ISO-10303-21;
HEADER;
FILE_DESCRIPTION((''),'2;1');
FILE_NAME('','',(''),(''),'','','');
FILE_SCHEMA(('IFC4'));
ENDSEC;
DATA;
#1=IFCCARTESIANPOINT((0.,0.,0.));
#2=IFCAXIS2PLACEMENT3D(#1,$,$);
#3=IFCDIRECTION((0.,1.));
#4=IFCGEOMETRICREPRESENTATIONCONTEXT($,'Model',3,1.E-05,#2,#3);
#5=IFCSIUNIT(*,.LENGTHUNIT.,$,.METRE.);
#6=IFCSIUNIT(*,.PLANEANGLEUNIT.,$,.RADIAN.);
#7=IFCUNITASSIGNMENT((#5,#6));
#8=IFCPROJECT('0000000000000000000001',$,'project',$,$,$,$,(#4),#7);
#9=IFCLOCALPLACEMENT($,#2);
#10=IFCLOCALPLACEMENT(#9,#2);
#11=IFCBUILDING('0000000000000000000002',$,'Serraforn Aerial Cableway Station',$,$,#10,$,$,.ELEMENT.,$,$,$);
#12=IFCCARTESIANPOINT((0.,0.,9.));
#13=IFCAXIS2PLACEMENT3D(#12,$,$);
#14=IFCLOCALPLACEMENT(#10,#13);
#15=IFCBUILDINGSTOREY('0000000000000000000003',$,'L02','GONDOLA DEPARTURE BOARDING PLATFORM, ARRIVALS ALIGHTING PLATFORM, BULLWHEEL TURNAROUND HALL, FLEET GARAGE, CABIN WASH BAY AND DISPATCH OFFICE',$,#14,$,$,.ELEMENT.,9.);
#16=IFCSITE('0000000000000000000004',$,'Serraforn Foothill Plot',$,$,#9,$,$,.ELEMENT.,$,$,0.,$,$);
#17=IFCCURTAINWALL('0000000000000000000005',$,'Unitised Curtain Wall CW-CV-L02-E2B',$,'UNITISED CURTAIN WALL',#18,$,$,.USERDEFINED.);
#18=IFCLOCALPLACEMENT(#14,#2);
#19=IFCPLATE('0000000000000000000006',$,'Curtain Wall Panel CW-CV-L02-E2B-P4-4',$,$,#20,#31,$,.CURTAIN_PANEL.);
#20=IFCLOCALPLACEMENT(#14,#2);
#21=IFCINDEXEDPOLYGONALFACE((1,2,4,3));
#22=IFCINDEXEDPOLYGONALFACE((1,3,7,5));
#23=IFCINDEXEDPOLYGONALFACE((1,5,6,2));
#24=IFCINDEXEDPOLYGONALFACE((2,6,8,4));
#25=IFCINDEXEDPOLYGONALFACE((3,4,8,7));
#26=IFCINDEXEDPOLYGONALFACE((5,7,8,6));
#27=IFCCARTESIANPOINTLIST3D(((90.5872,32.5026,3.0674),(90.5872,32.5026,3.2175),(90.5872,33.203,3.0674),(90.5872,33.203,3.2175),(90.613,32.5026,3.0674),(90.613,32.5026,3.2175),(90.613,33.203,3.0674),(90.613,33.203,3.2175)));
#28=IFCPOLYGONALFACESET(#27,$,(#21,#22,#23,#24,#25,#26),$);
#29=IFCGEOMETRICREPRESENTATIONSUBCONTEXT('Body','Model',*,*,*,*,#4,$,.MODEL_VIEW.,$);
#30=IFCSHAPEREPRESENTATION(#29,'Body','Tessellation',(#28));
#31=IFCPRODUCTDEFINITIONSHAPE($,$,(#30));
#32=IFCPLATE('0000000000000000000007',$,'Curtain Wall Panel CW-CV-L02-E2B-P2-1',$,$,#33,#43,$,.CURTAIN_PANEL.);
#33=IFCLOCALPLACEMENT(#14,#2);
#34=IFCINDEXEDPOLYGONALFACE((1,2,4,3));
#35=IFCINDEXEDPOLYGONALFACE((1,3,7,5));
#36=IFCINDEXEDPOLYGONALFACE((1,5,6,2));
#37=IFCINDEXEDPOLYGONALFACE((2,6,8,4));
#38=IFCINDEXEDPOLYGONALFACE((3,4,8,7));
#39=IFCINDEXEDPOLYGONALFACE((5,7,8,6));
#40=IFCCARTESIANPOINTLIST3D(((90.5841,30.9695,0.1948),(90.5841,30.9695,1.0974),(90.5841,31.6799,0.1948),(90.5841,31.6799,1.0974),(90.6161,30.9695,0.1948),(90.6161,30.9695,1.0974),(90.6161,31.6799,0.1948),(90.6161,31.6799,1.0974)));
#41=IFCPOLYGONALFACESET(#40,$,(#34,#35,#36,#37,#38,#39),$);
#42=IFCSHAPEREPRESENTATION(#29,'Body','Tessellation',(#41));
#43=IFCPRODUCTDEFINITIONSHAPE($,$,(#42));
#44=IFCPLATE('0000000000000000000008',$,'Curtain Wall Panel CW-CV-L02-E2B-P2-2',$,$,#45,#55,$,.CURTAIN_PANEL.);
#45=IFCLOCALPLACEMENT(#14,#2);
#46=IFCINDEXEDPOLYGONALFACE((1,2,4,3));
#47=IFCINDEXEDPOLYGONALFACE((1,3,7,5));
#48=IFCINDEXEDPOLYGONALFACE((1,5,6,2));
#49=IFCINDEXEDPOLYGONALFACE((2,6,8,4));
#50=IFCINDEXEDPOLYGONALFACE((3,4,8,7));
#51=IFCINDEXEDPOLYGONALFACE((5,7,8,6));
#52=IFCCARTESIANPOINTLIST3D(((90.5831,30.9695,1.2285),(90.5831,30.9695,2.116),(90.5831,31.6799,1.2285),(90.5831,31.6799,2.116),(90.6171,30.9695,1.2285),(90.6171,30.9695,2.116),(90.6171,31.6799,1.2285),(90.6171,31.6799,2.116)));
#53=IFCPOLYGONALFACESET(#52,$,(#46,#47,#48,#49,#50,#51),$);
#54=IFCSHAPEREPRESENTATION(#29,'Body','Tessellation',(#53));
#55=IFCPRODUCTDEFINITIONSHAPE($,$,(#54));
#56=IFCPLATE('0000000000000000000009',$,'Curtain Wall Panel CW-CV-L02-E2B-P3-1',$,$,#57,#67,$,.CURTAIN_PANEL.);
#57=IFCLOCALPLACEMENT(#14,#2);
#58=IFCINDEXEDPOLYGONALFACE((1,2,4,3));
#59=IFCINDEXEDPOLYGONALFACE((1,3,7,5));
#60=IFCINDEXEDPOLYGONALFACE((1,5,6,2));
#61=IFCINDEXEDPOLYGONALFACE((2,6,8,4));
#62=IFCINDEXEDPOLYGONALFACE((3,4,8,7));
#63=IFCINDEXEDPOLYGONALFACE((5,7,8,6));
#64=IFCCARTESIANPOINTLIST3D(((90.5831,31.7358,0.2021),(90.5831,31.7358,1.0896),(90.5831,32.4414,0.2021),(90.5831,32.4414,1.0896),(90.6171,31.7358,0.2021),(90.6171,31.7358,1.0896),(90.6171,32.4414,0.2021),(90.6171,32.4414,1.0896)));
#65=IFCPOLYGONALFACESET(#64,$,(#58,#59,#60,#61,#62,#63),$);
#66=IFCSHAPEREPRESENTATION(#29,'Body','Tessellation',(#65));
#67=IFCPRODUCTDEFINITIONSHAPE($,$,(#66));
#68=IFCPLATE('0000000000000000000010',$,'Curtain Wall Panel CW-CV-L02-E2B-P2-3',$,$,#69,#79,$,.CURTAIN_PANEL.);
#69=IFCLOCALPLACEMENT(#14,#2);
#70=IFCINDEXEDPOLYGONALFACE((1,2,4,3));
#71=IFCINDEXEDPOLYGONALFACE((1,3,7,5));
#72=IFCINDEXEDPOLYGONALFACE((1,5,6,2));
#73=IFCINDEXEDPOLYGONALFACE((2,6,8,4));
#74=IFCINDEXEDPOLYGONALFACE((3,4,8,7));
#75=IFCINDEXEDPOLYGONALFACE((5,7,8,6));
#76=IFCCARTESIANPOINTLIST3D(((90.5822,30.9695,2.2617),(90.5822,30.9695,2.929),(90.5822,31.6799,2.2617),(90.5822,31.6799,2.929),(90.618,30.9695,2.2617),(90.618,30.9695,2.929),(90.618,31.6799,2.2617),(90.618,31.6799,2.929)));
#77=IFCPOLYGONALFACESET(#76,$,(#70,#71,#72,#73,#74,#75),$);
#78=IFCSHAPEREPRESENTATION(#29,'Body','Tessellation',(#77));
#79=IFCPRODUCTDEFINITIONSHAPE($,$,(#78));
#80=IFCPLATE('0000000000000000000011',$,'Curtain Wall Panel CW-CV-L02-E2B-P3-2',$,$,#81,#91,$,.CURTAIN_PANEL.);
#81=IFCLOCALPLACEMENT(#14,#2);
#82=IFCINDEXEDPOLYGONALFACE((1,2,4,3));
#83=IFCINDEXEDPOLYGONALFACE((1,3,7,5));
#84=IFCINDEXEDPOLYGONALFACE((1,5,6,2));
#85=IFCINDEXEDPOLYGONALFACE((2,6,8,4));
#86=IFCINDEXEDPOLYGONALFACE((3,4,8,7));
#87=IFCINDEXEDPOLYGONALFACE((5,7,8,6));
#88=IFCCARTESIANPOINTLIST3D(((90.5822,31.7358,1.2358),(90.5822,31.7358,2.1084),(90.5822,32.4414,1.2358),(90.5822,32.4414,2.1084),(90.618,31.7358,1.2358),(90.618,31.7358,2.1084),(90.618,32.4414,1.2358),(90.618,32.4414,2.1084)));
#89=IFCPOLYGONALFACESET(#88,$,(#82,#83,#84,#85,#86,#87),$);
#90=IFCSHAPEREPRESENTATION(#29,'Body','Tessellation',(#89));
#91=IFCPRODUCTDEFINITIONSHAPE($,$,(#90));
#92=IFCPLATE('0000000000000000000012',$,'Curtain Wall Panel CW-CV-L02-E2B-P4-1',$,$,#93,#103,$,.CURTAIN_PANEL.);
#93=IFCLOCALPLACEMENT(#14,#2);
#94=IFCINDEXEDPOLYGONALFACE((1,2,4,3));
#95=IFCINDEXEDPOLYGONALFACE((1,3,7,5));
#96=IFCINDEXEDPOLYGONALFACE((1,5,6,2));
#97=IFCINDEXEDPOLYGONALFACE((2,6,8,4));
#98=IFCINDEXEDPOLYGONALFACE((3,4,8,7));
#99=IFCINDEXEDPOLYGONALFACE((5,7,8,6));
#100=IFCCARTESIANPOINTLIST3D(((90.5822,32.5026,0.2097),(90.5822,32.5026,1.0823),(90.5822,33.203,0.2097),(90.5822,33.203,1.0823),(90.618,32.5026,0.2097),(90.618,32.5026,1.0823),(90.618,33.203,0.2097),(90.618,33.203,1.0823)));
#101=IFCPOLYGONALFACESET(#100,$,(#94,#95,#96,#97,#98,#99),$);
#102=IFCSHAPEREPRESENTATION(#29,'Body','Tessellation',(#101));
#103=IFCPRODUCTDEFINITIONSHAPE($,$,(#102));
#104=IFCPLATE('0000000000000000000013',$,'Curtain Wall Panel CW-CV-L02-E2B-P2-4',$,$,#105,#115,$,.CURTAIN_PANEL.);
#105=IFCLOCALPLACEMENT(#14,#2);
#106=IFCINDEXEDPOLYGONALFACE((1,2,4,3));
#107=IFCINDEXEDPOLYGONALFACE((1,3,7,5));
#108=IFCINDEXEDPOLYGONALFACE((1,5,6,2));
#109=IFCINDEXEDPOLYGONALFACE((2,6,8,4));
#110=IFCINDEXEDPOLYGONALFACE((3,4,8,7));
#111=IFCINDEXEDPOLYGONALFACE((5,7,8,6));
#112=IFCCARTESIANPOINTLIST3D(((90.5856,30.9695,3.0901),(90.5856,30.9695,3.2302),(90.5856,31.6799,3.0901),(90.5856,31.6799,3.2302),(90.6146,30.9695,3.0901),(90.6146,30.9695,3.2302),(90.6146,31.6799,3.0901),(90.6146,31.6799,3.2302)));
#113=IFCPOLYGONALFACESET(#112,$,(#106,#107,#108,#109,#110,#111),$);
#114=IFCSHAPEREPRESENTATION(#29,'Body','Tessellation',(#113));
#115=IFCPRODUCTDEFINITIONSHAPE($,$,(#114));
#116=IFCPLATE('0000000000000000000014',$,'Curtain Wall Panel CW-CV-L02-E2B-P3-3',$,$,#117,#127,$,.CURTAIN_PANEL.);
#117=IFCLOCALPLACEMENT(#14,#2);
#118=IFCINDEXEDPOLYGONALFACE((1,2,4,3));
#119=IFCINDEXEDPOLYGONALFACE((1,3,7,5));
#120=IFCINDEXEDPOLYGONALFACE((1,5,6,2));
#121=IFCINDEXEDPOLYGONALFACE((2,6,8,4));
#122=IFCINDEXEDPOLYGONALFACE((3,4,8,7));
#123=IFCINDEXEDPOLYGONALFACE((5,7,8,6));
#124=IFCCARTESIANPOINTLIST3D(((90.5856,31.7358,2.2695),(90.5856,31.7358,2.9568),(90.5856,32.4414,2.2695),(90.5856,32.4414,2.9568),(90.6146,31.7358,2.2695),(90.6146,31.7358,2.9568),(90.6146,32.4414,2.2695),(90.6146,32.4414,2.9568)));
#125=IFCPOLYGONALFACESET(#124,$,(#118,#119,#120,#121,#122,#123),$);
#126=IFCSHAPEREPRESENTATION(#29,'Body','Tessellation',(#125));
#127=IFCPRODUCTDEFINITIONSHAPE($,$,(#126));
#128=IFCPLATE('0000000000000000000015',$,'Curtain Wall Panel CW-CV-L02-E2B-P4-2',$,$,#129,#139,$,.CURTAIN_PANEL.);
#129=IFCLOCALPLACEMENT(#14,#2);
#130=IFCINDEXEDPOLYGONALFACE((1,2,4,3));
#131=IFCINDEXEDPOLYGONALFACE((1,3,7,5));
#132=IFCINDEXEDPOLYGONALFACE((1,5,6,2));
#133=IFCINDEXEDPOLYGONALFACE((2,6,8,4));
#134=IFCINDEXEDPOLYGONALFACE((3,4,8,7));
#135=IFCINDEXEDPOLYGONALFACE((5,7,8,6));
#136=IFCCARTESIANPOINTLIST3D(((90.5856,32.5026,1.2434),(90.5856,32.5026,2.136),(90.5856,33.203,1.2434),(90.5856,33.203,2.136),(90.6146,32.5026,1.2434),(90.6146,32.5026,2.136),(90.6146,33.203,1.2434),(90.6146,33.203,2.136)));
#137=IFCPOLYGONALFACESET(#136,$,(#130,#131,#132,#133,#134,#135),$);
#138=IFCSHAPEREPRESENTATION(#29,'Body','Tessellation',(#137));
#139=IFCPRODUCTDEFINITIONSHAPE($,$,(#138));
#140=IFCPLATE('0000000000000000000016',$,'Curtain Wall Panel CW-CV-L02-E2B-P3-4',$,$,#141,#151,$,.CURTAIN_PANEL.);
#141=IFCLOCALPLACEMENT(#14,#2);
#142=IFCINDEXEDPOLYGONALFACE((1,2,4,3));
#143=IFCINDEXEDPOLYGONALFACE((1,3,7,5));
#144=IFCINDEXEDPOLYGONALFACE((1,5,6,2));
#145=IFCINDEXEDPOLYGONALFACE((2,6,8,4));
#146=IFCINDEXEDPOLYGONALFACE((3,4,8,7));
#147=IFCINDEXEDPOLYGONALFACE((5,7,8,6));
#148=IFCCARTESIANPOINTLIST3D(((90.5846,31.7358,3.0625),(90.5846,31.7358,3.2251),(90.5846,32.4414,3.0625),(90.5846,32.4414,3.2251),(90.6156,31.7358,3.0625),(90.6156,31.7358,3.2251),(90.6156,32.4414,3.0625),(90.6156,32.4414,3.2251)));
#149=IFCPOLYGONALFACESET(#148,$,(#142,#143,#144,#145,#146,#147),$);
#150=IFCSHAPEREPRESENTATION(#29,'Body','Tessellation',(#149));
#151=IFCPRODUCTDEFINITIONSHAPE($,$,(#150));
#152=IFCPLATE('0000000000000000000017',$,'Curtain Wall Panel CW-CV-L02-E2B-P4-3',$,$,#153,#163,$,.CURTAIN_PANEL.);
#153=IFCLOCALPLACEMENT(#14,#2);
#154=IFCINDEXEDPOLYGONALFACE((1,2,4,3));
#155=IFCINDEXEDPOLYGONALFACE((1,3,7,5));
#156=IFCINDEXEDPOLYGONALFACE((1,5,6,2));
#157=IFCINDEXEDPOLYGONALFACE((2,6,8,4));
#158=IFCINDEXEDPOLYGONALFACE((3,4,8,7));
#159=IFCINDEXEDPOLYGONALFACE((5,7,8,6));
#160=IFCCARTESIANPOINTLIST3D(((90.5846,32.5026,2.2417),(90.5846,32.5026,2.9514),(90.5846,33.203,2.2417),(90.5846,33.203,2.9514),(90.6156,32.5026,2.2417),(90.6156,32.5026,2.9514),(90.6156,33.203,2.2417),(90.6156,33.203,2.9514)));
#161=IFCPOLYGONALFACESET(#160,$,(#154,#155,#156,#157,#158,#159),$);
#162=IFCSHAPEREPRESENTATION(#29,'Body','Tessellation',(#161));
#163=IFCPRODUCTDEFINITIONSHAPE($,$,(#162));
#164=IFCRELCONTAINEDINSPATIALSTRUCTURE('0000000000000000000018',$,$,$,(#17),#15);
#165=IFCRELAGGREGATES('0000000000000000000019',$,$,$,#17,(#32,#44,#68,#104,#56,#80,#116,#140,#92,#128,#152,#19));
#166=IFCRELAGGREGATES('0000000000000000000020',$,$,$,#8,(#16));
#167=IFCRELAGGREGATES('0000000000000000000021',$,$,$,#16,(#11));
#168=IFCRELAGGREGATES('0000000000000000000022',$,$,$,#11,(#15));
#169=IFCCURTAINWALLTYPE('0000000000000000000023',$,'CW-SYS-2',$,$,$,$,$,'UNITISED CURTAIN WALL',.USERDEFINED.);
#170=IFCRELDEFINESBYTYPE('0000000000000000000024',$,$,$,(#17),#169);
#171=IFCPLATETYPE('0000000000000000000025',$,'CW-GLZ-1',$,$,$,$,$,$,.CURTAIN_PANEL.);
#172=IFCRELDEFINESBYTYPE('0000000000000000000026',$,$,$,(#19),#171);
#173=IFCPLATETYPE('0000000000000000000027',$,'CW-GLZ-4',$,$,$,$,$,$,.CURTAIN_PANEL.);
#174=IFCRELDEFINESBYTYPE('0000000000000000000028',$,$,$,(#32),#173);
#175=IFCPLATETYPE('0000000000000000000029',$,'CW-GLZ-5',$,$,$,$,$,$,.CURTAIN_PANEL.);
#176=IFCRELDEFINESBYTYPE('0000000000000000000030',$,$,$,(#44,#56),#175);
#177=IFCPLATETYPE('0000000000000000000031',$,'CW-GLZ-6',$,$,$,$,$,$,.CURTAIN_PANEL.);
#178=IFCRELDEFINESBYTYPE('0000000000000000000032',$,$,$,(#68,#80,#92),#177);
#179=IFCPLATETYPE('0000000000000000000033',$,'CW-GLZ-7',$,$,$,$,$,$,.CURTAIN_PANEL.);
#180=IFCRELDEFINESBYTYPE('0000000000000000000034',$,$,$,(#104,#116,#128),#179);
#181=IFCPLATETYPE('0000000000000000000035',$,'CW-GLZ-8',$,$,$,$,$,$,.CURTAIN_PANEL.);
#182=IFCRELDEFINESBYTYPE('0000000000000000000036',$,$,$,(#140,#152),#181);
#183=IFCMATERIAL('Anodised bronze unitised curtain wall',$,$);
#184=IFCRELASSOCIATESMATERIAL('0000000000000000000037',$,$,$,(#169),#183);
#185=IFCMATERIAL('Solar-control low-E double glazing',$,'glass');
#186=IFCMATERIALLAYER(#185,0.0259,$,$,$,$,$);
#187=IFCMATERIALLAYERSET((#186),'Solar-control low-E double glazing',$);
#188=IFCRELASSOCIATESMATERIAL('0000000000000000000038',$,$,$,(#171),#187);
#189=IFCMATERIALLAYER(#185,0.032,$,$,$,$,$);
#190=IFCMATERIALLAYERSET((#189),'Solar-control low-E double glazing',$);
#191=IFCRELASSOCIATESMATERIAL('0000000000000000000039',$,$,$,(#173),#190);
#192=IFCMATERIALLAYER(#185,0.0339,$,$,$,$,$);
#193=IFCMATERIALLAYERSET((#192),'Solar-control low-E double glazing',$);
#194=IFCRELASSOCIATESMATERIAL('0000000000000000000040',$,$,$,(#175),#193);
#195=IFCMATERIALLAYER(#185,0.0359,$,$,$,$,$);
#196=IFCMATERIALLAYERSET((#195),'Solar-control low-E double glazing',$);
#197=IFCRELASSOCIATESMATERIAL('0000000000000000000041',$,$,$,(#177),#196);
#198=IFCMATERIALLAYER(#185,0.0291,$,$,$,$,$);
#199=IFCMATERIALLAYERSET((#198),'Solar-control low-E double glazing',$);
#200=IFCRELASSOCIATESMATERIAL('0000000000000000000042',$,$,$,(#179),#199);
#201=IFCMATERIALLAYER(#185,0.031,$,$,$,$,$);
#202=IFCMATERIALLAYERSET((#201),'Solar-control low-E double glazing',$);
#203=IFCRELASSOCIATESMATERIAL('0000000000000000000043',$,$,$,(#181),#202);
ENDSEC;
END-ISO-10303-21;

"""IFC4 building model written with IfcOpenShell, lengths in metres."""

from ifc_helpers import new_model, si_unit, direction, frame, origin, origin_2d, place, context, subcontext, project, spatial, rectangle, extrude, material, layer, layer_set, type_object, element, aggregate, save


model = new_model("IFC4")

# Units and contexts
model_context = context("Model", 3, precision=1e-05, world=origin(), true_north=direction((0.0, 1.0)))
body_context = subcontext(model_context, "Body", "Model", "MODEL_VIEW")
ifc_project = project(units=[si_unit("LENGTHUNIT", "METRE"), si_unit("PLANEANGLEUNIT", "RADIAN")], contexts=[model_context])

# Site, building, storey
site_placement = place(None, origin())
site = spatial("IfcSite", under=ifc_project, at=site_placement, Name="Serraforn Foothill Plot", CompositionType="ELEMENT", RefElevation=0.0)
building_placement = place(site_placement, origin())
building = spatial("IfcBuilding", under=site, at=building_placement, Name="Serraforn Aerial Cableway Station", CompositionType="ELEMENT")
storey_placement = place(building_placement, frame((0.0, 0.0, 9.0)))
storey = spatial("IfcBuildingStorey", under=building, at=storey_placement, Name="L02", Description="GONDOLA DEPARTURE BOARDING PLATFORM, ARRIVALS ALIGHTING PLATFORM, BULLWHEEL TURNAROUND HALL, FLEET GARAGE, CABIN WASH BAY AND DISPATCH OFFICE", CompositionType="ELEMENT", Elevation=9.0)

# Curtain wall, plates
ifc_material_1 = material(Name="Anodised bronze unitised curtain wall")
curtain_wall_type = type_object("IfcCurtainWallType", Name="CW-SYS-2", ElementType="UNITISED CURTAIN WALL", PredefinedType="USERDEFINED", material=ifc_material_1)
curtain_wall_placement = place(storey_placement, origin())
curtain_wall = element("IfcCurtainWall", 1, at=curtain_wall_placement, inside=storey, type_object=curtain_wall_type, Name="Unitised Curtain Wall CW-CV-L02-E2B", ObjectType="UNITISED CURTAIN WALL", PredefinedType="USERDEFINED")
ifc_material_2 = material(Name="Solar-control low-E double glazing", Category="glass")
ifc_layer_1 = layer(ifc_material_2, 0.0259)
ifc_layer_set_1 = layer_set([ifc_layer_1], Name="Solar-control low-E double glazing")
plate_type_1 = type_object("IfcPlateType", Name="CW-GLZ-1", PredefinedType="CURTAIN_PANEL", material=ifc_layer_set_1)
plate_1_placement = place(storey_placement, frame((90.6001, 32.8528, 3.0674), z_axis=(0.0, 0.0, 1.0), x_axis=(1.0, 0.0, 0.0)))
plate_1 = element("IfcPlate", 2, at=plate_1_placement, type_object=plate_type_1, Name="Curtain Wall Panel CW-CV-L02-E2B-P4-4", PredefinedType="CURTAIN_PANEL", context=body_context, shape_type="SweptSolid", body=[
    extrude(rectangle(XDim=0.0259, YDim=0.7004, at=origin_2d()), origin(), (0.0, 0.0, 1.0), 0.1501),
])
ifc_layer_2 = layer(ifc_material_2, 0.032)
ifc_layer_set_2 = layer_set([ifc_layer_2], Name="Solar-control low-E double glazing")
plate_type_2 = type_object("IfcPlateType", Name="CW-GLZ-4", PredefinedType="CURTAIN_PANEL", material=ifc_layer_set_2)
plate_2_placement = place(storey_placement, frame((90.6001, 31.3247, 0.1948), z_axis=(0.0, 0.0, 1.0), x_axis=(1.0, 0.0, 0.0)))
plate_2 = element("IfcPlate", 3, at=plate_2_placement, type_object=plate_type_2, Name="Curtain Wall Panel CW-CV-L02-E2B-P2-1", PredefinedType="CURTAIN_PANEL", context=body_context, shape_type="SweptSolid", body=[
    extrude(rectangle(XDim=0.032, YDim=0.7104, at=origin_2d()), origin(), (0.0, 0.0, 1.0), 0.9026),
])
ifc_layer_3 = layer(ifc_material_2, 0.0339)
ifc_layer_set_3 = layer_set([ifc_layer_3], Name="Solar-control low-E double glazing")
plate_type_3 = type_object("IfcPlateType", Name="CW-GLZ-5", PredefinedType="CURTAIN_PANEL", material=ifc_layer_set_3)
plate_3_placement = place(storey_placement, frame((90.6001, 31.3247, 1.2285), z_axis=(0.0, 0.0, 1.0), x_axis=(1.0, 0.0, 0.0)))
plate_3 = element("IfcPlate", 4, at=plate_3_placement, type_object=plate_type_3, Name="Curtain Wall Panel CW-CV-L02-E2B-P2-2", PredefinedType="CURTAIN_PANEL", context=body_context, shape_type="SweptSolid", body=[
    extrude(rectangle(XDim=0.0339, YDim=0.7104, at=origin_2d()), origin(), (0.0, 0.0, 1.0), 0.8875),
])
plate_4_placement = place(storey_placement, frame((90.6001, 32.0886, 0.2021), z_axis=(0.0, 0.0, 1.0), x_axis=(1.0, 0.0, 0.0)))
plate_4 = element("IfcPlate", 5, at=plate_4_placement, type_object=plate_type_3, Name="Curtain Wall Panel CW-CV-L02-E2B-P3-1", PredefinedType="CURTAIN_PANEL", context=body_context, shape_type="SweptSolid", body=[
    extrude(rectangle(XDim=0.0339, YDim=0.7056, at=origin_2d()), origin(), (0.0, 0.0, 1.0), 0.8875),
])
ifc_layer_4 = layer(ifc_material_2, 0.0359)
ifc_layer_set_4 = layer_set([ifc_layer_4], Name="Solar-control low-E double glazing")
plate_type_4 = type_object("IfcPlateType", Name="CW-GLZ-6", PredefinedType="CURTAIN_PANEL", material=ifc_layer_set_4)
plate_5_placement = place(storey_placement, frame((90.6001, 31.3247, 2.2617), z_axis=(0.0, 0.0, 1.0), x_axis=(1.0, 0.0, 0.0)))
plate_5 = element("IfcPlate", 6, at=plate_5_placement, type_object=plate_type_4, Name="Curtain Wall Panel CW-CV-L02-E2B-P2-3", PredefinedType="CURTAIN_PANEL", context=body_context, shape_type="SweptSolid", body=[
    extrude(rectangle(XDim=0.0359, YDim=0.7104, at=origin_2d()), origin(), (0.0, 0.0, 1.0), 0.6672),
])
plate_6_placement = place(storey_placement, frame((90.6001, 32.0886, 1.2358), z_axis=(0.0, 0.0, 1.0), x_axis=(1.0, 0.0, 0.0)))
plate_6 = element("IfcPlate", 7, at=plate_6_placement, type_object=plate_type_4, Name="Curtain Wall Panel CW-CV-L02-E2B-P3-2", PredefinedType="CURTAIN_PANEL", context=body_context, shape_type="SweptSolid", body=[
    extrude(rectangle(XDim=0.0359, YDim=0.7056, at=origin_2d()), origin(), (0.0, 0.0, 1.0), 0.8726),
])
plate_7_placement = place(storey_placement, frame((90.6001, 32.8528, 0.2097), z_axis=(0.0, 0.0, 1.0), x_axis=(1.0, 0.0, 0.0)))
plate_7 = element("IfcPlate", 8, at=plate_7_placement, type_object=plate_type_4, Name="Curtain Wall Panel CW-CV-L02-E2B-P4-1", PredefinedType="CURTAIN_PANEL", context=body_context, shape_type="SweptSolid", body=[
    extrude(rectangle(XDim=0.0359, YDim=0.7004, at=origin_2d()), origin(), (0.0, 0.0, 1.0), 0.8726),
])
ifc_layer_5 = layer(ifc_material_2, 0.0291)
ifc_layer_set_5 = layer_set([ifc_layer_5], Name="Solar-control low-E double glazing")
plate_type_5 = type_object("IfcPlateType", Name="CW-GLZ-7", PredefinedType="CURTAIN_PANEL", material=ifc_layer_set_5)
plate_8_placement = place(storey_placement, frame((90.6001, 31.3247, 3.0901), z_axis=(0.0, 0.0, 1.0), x_axis=(1.0, 0.0, 0.0)))
plate_8 = element("IfcPlate", 9, at=plate_8_placement, type_object=plate_type_5, Name="Curtain Wall Panel CW-CV-L02-E2B-P2-4", PredefinedType="CURTAIN_PANEL", context=body_context, shape_type="SweptSolid", body=[
    extrude(rectangle(XDim=0.0291, YDim=0.7104, at=origin_2d()), origin(), (0.0, 0.0, 1.0), 0.1401),
])
plate_9_placement = place(storey_placement, frame((90.6001, 32.0886, 2.2695), z_axis=(0.0, 0.0, 1.0), x_axis=(1.0, 0.0, 0.0)))
plate_9 = element("IfcPlate", 10, at=plate_9_placement, type_object=plate_type_5, Name="Curtain Wall Panel CW-CV-L02-E2B-P3-3", PredefinedType="CURTAIN_PANEL", context=body_context, shape_type="SweptSolid", body=[
    extrude(rectangle(XDim=0.0291, YDim=0.7056, at=origin_2d()), origin(), (0.0, 0.0, 1.0), 0.6873),
])
plate_10_placement = place(storey_placement, frame((90.6001, 32.8528, 1.2434), z_axis=(0.0, 0.0, 1.0), x_axis=(1.0, 0.0, 0.0)))
plate_10 = element("IfcPlate", 11, at=plate_10_placement, type_object=plate_type_5, Name="Curtain Wall Panel CW-CV-L02-E2B-P4-2", PredefinedType="CURTAIN_PANEL", context=body_context, shape_type="SweptSolid", body=[
    extrude(rectangle(XDim=0.0291, YDim=0.7004, at=origin_2d()), origin(), (0.0, 0.0, 1.0), 0.8926),
])
ifc_layer_6 = layer(ifc_material_2, 0.031)
ifc_layer_set_6 = layer_set([ifc_layer_6], Name="Solar-control low-E double glazing")
plate_type_6 = type_object("IfcPlateType", Name="CW-GLZ-8", PredefinedType="CURTAIN_PANEL", material=ifc_layer_set_6)
plate_11_placement = place(storey_placement, frame((90.6001, 32.0886, 3.0625), z_axis=(0.0, 0.0, 1.0), x_axis=(1.0, 0.0, 0.0)))
plate_11 = element("IfcPlate", 12, at=plate_11_placement, type_object=plate_type_6, Name="Curtain Wall Panel CW-CV-L02-E2B-P3-4", PredefinedType="CURTAIN_PANEL", context=body_context, shape_type="SweptSolid", body=[
    extrude(rectangle(XDim=0.031, YDim=0.7056, at=origin_2d()), origin(), (0.0, 0.0, 1.0), 0.1626),
])
plate_12_placement = place(storey_placement, frame((90.6001, 32.8528, 2.2417), z_axis=(0.0, 0.0, 1.0), x_axis=(1.0, 0.0, 0.0)))
plate_12 = element("IfcPlate", 13, at=plate_12_placement, type_object=plate_type_6, Name="Curtain Wall Panel CW-CV-L02-E2B-P4-3", PredefinedType="CURTAIN_PANEL", context=body_context, shape_type="SweptSolid", body=[
    extrude(rectangle(XDim=0.031, YDim=0.7004, at=origin_2d()), origin(), (0.0, 0.0, 1.0), 0.7097),
])
aggregate(curtain_wall, [plate_2, plate_3, plate_5, plate_8, plate_4, plate_6, plate_9, plate_11, plate_7, plate_10, plate_12, plate_1])

save(model, "model.ifc")
